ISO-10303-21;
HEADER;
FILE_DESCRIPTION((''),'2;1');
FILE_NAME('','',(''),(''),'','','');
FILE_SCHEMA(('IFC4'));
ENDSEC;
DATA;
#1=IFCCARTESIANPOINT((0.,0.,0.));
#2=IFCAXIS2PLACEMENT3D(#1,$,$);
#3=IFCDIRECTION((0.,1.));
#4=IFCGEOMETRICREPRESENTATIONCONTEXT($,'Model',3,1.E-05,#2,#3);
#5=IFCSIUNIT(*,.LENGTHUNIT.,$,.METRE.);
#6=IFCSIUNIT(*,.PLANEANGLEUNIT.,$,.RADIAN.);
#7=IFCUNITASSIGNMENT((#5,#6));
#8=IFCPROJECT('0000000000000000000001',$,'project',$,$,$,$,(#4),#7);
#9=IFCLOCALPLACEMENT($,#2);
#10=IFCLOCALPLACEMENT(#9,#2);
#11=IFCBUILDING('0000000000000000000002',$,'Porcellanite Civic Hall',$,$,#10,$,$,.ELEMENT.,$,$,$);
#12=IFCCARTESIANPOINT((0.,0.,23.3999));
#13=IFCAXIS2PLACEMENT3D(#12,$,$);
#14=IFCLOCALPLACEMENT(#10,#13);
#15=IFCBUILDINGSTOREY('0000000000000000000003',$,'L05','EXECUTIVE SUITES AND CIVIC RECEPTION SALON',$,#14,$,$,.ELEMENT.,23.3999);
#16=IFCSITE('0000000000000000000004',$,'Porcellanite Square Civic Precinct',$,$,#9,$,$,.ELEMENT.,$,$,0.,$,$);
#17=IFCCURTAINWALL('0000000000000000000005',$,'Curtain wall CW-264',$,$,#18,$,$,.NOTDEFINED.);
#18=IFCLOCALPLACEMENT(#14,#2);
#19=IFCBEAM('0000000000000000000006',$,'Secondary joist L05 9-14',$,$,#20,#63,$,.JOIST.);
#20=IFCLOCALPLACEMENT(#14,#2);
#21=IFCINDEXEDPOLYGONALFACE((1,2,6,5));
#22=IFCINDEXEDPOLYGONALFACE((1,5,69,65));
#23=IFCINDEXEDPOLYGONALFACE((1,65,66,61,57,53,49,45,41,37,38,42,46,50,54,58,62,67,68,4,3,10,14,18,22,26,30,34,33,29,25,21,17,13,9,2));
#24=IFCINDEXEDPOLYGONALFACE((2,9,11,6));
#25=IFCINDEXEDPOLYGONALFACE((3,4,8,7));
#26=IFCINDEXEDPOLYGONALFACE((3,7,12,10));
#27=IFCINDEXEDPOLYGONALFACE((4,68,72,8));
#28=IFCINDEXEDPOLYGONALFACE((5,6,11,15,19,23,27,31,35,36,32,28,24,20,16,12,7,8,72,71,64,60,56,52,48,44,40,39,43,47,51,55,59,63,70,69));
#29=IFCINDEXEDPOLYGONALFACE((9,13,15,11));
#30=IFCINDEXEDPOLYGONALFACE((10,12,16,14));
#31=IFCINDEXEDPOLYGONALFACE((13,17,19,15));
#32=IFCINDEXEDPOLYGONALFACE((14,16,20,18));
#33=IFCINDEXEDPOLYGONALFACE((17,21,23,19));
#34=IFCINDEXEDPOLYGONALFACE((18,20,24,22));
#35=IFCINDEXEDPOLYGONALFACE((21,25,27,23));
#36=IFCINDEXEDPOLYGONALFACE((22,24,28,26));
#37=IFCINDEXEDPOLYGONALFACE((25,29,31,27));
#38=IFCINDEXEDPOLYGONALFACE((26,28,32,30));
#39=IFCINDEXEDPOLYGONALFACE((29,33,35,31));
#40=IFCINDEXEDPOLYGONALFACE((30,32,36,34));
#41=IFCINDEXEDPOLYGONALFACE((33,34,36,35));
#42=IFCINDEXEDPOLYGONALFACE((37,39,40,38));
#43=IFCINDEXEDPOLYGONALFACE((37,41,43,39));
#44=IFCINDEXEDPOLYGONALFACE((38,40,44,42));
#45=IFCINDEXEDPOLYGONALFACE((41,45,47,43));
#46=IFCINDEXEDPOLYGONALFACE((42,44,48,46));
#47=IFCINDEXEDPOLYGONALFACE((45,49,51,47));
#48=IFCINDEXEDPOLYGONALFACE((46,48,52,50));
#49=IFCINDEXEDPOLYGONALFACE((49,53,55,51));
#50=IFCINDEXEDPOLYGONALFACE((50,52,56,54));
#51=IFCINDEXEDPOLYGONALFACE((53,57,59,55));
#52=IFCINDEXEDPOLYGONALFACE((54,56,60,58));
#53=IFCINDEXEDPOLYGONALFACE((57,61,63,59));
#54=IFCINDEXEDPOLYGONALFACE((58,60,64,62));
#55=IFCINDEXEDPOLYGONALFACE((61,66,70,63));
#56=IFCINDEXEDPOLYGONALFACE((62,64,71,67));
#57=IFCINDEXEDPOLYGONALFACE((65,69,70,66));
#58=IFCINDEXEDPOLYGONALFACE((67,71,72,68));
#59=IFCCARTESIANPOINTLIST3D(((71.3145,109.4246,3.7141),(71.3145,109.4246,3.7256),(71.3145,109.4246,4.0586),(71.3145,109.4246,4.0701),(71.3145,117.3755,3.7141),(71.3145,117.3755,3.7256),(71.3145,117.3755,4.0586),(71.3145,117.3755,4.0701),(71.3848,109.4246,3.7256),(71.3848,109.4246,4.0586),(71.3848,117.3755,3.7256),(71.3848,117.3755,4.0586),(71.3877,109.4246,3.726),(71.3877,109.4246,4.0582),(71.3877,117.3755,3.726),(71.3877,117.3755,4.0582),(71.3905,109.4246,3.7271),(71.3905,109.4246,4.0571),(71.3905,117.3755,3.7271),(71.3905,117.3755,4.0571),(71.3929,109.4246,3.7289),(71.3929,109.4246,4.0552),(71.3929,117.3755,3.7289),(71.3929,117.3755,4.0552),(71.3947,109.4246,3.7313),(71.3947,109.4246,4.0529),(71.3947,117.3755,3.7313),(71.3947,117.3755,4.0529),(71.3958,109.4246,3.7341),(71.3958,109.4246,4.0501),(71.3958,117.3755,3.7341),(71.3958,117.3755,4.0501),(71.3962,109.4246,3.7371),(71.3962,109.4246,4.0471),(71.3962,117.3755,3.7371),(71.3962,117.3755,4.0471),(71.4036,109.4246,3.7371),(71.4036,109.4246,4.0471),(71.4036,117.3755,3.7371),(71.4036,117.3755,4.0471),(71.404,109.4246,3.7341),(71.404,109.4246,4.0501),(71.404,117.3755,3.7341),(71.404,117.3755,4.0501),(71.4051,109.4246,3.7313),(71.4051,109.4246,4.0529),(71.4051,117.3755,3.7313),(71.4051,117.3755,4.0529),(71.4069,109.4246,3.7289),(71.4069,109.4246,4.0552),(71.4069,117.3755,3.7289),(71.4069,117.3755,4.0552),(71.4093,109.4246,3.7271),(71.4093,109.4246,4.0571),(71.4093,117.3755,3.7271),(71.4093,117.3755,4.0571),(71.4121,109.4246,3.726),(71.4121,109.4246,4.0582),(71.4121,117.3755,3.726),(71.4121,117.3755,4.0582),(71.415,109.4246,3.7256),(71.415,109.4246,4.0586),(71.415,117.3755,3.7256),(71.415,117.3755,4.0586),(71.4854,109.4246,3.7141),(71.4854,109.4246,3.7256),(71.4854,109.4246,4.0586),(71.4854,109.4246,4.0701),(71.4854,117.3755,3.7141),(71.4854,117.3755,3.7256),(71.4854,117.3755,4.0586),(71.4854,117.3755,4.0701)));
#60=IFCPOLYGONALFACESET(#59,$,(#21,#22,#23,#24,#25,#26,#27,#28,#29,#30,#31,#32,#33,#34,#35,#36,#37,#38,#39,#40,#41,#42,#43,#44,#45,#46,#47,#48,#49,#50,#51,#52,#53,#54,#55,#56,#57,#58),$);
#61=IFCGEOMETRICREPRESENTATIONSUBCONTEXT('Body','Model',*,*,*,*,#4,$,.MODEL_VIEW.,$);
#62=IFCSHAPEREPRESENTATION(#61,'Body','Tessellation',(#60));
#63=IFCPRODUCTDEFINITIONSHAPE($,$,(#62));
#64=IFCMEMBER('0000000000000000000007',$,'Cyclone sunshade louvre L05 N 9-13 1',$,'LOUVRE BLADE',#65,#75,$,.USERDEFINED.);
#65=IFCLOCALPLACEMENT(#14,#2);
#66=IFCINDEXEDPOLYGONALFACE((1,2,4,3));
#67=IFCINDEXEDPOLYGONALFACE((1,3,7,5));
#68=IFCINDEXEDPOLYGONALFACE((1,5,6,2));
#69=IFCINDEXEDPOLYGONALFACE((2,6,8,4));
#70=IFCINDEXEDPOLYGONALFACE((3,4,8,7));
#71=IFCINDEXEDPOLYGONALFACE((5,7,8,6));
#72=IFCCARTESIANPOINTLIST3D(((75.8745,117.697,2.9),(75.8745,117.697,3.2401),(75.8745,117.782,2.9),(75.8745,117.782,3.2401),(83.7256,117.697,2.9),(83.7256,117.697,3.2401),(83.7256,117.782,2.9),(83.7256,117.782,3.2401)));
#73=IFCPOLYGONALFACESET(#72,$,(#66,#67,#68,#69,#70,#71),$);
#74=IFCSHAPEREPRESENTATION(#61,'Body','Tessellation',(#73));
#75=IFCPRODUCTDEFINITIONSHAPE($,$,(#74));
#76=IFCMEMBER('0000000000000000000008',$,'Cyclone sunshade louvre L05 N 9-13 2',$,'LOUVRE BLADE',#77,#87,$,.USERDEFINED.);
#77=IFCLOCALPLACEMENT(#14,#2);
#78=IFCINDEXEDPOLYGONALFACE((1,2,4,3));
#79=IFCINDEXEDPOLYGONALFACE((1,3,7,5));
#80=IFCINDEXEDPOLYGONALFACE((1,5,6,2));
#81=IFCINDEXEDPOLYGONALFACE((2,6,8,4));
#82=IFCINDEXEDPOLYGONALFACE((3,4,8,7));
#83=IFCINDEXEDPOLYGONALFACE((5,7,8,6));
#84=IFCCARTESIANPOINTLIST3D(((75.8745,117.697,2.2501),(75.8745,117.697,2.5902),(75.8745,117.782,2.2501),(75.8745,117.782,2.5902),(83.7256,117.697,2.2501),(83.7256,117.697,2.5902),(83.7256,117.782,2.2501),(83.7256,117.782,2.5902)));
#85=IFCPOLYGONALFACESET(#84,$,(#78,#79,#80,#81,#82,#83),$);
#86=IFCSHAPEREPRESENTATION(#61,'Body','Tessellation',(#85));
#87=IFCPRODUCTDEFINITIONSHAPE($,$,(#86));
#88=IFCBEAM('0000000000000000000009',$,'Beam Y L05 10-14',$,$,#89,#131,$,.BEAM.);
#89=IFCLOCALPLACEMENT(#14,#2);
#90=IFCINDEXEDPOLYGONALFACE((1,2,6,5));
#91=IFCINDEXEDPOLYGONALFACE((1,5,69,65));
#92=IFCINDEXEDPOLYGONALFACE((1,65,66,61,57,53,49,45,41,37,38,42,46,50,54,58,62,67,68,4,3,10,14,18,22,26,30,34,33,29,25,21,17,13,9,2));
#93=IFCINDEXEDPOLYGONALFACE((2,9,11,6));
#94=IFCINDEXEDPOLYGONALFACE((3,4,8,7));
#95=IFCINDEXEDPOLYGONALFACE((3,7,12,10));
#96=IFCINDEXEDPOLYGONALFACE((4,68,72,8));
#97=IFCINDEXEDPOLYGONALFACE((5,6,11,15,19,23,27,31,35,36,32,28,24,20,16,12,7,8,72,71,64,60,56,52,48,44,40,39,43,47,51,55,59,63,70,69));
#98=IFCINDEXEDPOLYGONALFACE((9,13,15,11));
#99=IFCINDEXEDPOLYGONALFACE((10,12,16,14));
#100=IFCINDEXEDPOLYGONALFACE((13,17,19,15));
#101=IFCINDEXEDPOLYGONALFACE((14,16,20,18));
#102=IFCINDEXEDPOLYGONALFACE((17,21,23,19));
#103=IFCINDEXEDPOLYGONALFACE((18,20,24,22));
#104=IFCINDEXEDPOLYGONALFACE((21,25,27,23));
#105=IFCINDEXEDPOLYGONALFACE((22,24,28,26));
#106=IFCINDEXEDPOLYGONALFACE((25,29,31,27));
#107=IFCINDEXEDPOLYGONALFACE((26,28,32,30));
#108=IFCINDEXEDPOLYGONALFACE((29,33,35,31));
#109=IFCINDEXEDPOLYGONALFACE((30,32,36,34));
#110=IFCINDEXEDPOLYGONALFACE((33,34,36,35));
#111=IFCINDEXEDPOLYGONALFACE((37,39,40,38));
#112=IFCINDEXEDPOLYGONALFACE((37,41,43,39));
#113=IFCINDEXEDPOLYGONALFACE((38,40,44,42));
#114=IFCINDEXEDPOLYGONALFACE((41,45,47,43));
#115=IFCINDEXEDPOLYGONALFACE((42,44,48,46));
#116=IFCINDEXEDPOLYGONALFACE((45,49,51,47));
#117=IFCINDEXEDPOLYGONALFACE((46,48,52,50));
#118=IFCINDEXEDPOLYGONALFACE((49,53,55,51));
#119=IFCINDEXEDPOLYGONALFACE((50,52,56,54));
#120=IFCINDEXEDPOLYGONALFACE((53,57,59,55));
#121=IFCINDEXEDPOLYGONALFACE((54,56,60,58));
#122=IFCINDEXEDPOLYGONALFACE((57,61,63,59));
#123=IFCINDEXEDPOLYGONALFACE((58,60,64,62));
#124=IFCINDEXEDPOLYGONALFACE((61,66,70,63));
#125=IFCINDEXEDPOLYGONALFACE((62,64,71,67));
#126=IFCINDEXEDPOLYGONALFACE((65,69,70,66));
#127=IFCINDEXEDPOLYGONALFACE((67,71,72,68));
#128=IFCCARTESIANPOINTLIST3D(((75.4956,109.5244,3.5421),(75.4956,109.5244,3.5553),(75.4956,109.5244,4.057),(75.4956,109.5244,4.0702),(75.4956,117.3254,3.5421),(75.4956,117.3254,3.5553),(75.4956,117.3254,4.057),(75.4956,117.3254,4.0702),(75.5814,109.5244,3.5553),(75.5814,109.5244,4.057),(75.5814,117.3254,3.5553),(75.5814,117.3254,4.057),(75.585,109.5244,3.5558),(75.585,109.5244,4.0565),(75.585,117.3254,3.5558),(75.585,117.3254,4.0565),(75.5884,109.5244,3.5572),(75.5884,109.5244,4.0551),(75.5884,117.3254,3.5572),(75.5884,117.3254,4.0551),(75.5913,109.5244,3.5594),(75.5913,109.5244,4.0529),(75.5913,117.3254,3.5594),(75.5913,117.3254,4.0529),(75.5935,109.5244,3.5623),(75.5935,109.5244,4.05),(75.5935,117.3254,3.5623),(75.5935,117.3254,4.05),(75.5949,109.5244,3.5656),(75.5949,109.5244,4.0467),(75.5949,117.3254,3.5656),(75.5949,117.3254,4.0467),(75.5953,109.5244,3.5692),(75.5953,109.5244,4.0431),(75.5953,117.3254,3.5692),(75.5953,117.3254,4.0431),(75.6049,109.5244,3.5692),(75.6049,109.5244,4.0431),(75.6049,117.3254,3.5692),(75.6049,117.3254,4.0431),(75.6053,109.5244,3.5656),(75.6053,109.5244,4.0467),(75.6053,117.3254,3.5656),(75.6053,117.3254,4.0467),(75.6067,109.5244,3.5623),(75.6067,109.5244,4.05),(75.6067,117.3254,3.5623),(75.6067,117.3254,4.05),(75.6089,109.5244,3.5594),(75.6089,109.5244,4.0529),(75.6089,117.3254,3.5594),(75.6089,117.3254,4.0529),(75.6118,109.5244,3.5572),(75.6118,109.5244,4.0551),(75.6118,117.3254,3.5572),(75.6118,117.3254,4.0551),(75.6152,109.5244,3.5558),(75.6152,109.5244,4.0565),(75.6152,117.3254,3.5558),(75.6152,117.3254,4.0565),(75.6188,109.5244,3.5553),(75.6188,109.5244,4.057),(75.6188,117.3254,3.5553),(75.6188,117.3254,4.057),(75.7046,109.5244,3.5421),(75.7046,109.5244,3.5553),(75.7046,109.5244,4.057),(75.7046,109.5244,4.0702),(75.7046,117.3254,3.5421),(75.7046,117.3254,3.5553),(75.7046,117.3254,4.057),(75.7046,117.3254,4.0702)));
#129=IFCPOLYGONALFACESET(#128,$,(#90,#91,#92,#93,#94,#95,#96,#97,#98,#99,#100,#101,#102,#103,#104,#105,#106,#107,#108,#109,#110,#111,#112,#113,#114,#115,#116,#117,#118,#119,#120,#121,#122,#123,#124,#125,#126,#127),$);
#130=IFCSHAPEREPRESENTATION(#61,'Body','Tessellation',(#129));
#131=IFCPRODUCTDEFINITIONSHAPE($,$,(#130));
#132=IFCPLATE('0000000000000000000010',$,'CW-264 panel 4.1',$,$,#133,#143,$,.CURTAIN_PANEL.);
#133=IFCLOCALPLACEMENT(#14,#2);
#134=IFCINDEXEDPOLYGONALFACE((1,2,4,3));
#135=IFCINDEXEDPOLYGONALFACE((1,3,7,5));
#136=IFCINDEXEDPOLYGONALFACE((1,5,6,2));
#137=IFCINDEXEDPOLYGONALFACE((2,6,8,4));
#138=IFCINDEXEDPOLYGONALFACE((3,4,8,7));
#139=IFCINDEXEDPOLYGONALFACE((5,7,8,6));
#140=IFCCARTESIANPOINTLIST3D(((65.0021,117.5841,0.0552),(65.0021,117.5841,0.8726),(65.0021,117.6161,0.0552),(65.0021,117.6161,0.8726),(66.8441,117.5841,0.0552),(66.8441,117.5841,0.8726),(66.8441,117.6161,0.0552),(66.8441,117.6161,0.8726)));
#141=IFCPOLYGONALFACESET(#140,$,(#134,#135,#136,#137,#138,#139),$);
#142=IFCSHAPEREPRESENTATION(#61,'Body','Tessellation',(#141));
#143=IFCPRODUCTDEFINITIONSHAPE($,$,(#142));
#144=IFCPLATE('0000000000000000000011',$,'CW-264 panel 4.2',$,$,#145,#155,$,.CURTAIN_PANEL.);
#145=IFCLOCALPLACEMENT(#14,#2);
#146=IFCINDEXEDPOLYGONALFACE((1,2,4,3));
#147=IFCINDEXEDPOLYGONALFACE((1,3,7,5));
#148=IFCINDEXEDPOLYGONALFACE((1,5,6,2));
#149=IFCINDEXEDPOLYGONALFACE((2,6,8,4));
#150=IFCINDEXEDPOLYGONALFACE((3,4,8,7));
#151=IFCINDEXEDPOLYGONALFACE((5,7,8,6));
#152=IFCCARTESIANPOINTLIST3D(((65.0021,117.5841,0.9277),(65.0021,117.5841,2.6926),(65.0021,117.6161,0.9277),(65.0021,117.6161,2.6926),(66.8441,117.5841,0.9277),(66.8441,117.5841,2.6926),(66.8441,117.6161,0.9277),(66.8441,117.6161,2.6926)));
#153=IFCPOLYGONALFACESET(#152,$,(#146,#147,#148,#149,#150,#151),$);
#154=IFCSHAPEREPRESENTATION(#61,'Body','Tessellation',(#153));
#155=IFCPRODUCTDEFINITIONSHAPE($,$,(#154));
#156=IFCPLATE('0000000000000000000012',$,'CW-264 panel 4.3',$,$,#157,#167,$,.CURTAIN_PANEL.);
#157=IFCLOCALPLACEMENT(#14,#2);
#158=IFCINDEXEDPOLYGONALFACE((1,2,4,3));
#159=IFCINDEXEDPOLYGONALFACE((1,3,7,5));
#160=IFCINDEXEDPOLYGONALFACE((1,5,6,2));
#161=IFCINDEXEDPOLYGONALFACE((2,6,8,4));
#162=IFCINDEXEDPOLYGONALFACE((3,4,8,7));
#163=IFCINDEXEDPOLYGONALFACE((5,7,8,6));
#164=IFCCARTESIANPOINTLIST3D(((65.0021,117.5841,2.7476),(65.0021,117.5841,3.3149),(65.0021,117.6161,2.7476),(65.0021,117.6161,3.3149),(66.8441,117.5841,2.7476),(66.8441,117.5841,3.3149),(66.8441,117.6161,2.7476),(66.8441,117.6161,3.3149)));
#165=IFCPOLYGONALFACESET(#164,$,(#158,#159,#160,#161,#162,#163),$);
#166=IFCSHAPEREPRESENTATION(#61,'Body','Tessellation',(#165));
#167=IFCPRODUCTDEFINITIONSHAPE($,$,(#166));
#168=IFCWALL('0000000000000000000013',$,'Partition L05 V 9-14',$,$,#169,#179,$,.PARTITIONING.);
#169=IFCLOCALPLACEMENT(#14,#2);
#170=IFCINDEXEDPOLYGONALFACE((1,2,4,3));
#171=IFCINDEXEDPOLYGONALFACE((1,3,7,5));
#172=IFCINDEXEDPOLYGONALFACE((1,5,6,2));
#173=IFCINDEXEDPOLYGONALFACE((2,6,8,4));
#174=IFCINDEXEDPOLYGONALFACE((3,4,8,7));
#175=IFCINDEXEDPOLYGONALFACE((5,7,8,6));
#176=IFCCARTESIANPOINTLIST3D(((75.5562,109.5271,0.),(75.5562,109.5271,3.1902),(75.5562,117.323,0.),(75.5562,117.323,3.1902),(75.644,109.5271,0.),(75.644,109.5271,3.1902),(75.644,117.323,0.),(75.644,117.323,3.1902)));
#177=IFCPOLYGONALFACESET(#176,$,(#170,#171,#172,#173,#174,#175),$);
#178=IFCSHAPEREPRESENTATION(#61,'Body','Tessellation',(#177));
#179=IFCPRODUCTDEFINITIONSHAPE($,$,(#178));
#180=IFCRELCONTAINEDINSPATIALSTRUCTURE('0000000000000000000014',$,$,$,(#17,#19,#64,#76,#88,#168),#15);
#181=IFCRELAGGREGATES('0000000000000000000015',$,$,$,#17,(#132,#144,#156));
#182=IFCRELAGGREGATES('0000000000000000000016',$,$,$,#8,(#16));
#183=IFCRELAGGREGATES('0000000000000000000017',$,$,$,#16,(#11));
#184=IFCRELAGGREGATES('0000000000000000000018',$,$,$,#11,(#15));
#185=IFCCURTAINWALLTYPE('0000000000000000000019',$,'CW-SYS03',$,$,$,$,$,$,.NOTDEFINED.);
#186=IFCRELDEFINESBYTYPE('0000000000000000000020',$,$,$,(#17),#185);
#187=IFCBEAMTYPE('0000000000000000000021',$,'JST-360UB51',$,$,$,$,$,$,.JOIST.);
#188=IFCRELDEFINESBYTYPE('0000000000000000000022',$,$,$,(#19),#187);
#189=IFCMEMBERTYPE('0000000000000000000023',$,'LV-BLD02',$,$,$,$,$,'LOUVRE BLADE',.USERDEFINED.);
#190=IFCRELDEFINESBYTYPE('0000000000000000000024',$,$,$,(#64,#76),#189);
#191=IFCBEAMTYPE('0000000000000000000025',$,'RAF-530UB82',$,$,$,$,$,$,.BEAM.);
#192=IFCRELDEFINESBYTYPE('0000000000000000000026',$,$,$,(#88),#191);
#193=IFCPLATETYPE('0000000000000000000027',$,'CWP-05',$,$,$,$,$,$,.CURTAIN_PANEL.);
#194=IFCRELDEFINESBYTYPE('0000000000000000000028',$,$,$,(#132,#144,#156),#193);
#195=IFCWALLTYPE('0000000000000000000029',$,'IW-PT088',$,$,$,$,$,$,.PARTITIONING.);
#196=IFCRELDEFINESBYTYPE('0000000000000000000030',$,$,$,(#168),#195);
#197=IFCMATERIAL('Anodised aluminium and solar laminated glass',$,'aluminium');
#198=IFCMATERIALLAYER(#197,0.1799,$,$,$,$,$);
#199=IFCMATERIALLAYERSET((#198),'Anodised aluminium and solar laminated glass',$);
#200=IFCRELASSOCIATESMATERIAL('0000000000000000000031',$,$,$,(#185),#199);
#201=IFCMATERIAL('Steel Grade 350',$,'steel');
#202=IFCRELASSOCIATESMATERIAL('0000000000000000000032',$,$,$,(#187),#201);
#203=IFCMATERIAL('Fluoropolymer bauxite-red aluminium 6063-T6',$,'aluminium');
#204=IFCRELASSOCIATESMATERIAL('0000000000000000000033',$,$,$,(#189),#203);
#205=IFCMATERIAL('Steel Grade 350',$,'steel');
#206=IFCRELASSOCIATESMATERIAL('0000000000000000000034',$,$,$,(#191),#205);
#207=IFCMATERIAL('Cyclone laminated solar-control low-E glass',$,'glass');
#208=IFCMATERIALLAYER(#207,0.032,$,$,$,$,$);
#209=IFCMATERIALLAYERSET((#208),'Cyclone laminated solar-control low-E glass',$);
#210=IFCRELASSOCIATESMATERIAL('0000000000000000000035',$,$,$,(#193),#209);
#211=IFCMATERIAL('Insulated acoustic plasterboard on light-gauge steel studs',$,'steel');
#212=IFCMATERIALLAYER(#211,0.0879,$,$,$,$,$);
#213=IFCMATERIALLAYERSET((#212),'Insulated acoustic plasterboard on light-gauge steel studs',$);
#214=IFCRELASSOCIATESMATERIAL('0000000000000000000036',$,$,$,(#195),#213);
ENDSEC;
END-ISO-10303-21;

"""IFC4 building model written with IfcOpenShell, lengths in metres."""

from ifc_helpers import new_model, si_unit, direction, frame, frame_2d, origin, origin_2d, place, context, subcontext, project, spatial, rectangle, i_section, extrude, material, layer, layer_set, material_profile, profile_set, type_object, element, aggregate, save


model = new_model("IFC4")

# Units and contexts
model_context = context("Model", 3, precision=1e-05, world=origin(), true_north=direction((0.0, 1.0)))
body_context = subcontext(model_context, "Body", "Model", "MODEL_VIEW")
ifc_project = project(units=[si_unit("LENGTHUNIT", "METRE"), si_unit("PLANEANGLEUNIT", "RADIAN")], contexts=[model_context])

# Site, building, storey
site_placement = place(None, origin())
site = spatial("IfcSite", under=ifc_project, at=site_placement, Name="Porcellanite Square Civic Precinct", CompositionType="ELEMENT", RefElevation=0.0)
building_placement = place(site_placement, origin())
building = spatial("IfcBuilding", under=site, at=building_placement, Name="Porcellanite Civic Hall", CompositionType="ELEMENT")
storey_placement = place(building_placement, frame((0.0, 0.0, 23.3999)))
storey = spatial("IfcBuildingStorey", under=building, at=storey_placement, Name="L05", Description="EXECUTIVE SUITES AND CIVIC RECEPTION SALON", CompositionType="ELEMENT", Elevation=23.3999)

# Curtain wall
ifc_material_1 = material(Name="Anodised aluminium and solar laminated glass", Category="aluminium")
ifc_layer_1 = layer(ifc_material_1, 0.1799)
ifc_layer_set_1 = layer_set([ifc_layer_1], Name="Anodised aluminium and solar laminated glass")
curtain_wall_type_1 = type_object("IfcCurtainWallType", Name="CW-SYS03", PredefinedType="NOTDEFINED", material=ifc_layer_set_1)
curtain_wall_1_placement = place(storey_placement, origin())
curtain_wall_1 = element("IfcCurtainWall", 1, at=curtain_wall_1_placement, inside=storey, type_object=curtain_wall_type_1, Name="Curtain wall CW-264", PredefinedType="NOTDEFINED")

# Beam
ifc_material_2 = material(Name="Steel Grade 350", Category="steel")
ifc_material_profile_1 = material_profile(ifc_material_2, i_section(OverallWidth=0.1709, OverallDepth=0.356, WebThickness=0.0073, FlangeThickness=0.0115, FilletRadius=0.0115, at=origin_2d()), Name="360UB50.7")
ifc_profile_set_1 = profile_set([ifc_material_profile_1], Name="Steel Grade 350")
beam_type_1 = type_object("IfcBeamType", Name="JST-360UB51", PredefinedType="JOIST", material=ifc_profile_set_1)
beam_1_placement = place(storey_placement, frame((71.3999, 109.4246, 3.8921), z_axis=(0.0, 1.0, 0.0), x_axis=(-1.0, 0.0, 0.0)))
element("IfcBeam", 2, at=beam_1_placement, inside=storey, type_object=beam_type_1, Name="Secondary joist L05 9-14", PredefinedType="JOIST", context=body_context, shape_type="SweptSolid", body=[
    extrude(i_section(OverallWidth=0.1709, OverallDepth=0.356, WebThickness=0.0073, FlangeThickness=0.0115, FilletRadius=0.0115, at=origin_2d()), origin(), (0.0, 0.0, 1.0), 7.9509),
])

# Members
ifc_material_3 = material(Name="Fluoropolymer bauxite-red aluminium 6063-T6", Category="aluminium")
ifc_material_profile_2 = material_profile(ifc_material_3, rectangle(XDim=0.085, YDim=0.3401, at=origin_2d()), Name="AL-85x340")
ifc_profile_set_2 = profile_set([ifc_material_profile_2], Name="Fluoropolymer bauxite-red aluminium 6063-T6")
member_type_1 = type_object("IfcMemberType", Name="LV-BLD02", ElementType="LOUVRE BLADE", PredefinedType="USERDEFINED", material=ifc_profile_set_2)
for number, where, z_axis, x_axis, name in (
    (3, (75.8745, 117.7395, 3.0701), (1.0, 0.0, 0.0), (0.0, 1.0, 0.0), "Cyclone sunshade louvre L05 N 9-13 1"),
    (4, (75.8745, 117.7395, 2.4202), (1.0, 0.0, 0.0), (0.0, 1.0, 0.0), "Cyclone sunshade louvre L05 N 9-13 2"),
):
    element("IfcMember", number, at=place(storey_placement, frame(where, z_axis=z_axis, x_axis=x_axis)), inside=storey, type_object=member_type_1, Name=name, ObjectType="LOUVRE BLADE", PredefinedType="USERDEFINED", context=body_context, shape_type="SweptSolid", body=[
        extrude(rectangle(XDim=0.085, YDim=0.3401, at=origin_2d()), origin(), (0.0, 0.0, 1.0), 7.8511),
    ])

# Beam
ifc_material_4 = material(Name="Steel Grade 350", Category="steel")
ifc_material_profile_3 = material_profile(ifc_material_4, i_section(OverallWidth=0.209, OverallDepth=0.5281, WebThickness=0.0095, FlangeThickness=0.0132, FilletRadius=0.0139, at=origin_2d()), Name="530UB82.0")
ifc_profile_set_3 = profile_set([ifc_material_profile_3], Name="Steel Grade 350")
beam_type_2 = type_object("IfcBeamType", Name="RAF-530UB82", PredefinedType="BEAM", material=ifc_profile_set_3)
beam_2_placement = place(storey_placement, frame((75.6001, 109.5244, 3.8062), z_axis=(0.0, 1.0, 0.0), x_axis=(-1.0, 0.0, 0.0)))
element("IfcBeam", 5, at=beam_2_placement, inside=storey, type_object=beam_type_2, Name="Beam Y L05 10-14", PredefinedType="BEAM", context=body_context, shape_type="SweptSolid", body=[
    extrude(i_section(OverallWidth=0.209, OverallDepth=0.5281, WebThickness=0.0095, FlangeThickness=0.0132, FilletRadius=0.0139, at=origin_2d()), origin(), (0.0, 0.0, 1.0), 7.801),
])

# Plates
ifc_material_5 = material(Name="Cyclone laminated solar-control low-E glass", Category="glass")
ifc_layer_2 = layer(ifc_material_5, 0.032)
ifc_layer_set_2 = layer_set([ifc_layer_2], Name="Cyclone laminated solar-control low-E glass")
plate_type = type_object("IfcPlateType", Name="CWP-05", PredefinedType="CURTAIN_PANEL", material=ifc_layer_set_2)
plate_1_placement = place(storey_placement, frame((65.9231, 117.6001, 0.0552), z_axis=(0.0, 0.0, 1.0), x_axis=(1.0, 0.0, 0.0)))
plate_1 = element("IfcPlate", 6, at=plate_1_placement, type_object=plate_type, Name="CW-264 panel 4.1", PredefinedType="CURTAIN_PANEL", context=body_context, shape_type="SweptSolid", body=[
    extrude(rectangle(XDim=1.842, YDim=0.032, at=origin_2d()), origin(), (0.0, 0.0, 1.0), 0.8174),
])
plate_2_placement = place(storey_placement, frame((65.9231, 117.6001, 0.9277), z_axis=(0.0, 0.0, 1.0), x_axis=(1.0, 0.0, 0.0)))
plate_2 = element("IfcPlate", 7, at=plate_2_placement, type_object=plate_type, Name="CW-264 panel 4.2", PredefinedType="CURTAIN_PANEL", context=body_context, shape_type="SweptSolid", body=[
    extrude(rectangle(XDim=1.842, YDim=0.032, at=origin_2d()), origin(), (0.0, 0.0, 1.0), 1.7649),
])
plate_3_placement = place(storey_placement, frame((65.9231, 117.6001, 2.7476), z_axis=(0.0, 0.0, 1.0), x_axis=(1.0, 0.0, 0.0)))
plate_3 = element("IfcPlate", 8, at=plate_3_placement, type_object=plate_type, Name="CW-264 panel 4.3", PredefinedType="CURTAIN_PANEL", context=body_context, shape_type="SweptSolid", body=[
    extrude(rectangle(XDim=1.842, YDim=0.032, at=origin_2d()), origin(), (0.0, 0.0, 1.0), 0.5674),
])
aggregate(curtain_wall_1, [plate_1, plate_2, plate_3])

# Wall
ifc_material_6 = material(Name="Insulated acoustic plasterboard on light-gauge steel studs", Category="steel")
ifc_layer_3 = layer(ifc_material_6, 0.0879)
ifc_layer_set_3 = layer_set([ifc_layer_3], Name="Insulated acoustic plasterboard on light-gauge steel studs")
wall_type_1 = type_object("IfcWallType", Name="IW-PT088", PredefinedType="PARTITIONING", material=ifc_layer_set_3)
wall_1_placement = place(storey_placement, frame((75.6001, 109.5271, 0.0), z_axis=(0.0, 0.0, 1.0), x_axis=(0.0, 1.0, 0.0)))
element("IfcWall", 9, at=wall_1_placement, inside=storey, type_object=wall_type_1, Name="Partition L05 V 9-14", PredefinedType="PARTITIONING", context=body_context, shape_type="SweptSolid", body=[
    extrude(rectangle(XDim=7.7959, YDim=0.0879, at=frame_2d((3.8979, 0.0))), origin(), (0.0, 0.0, 1.0), 3.1902),
])

save(model, "model.ifc")
